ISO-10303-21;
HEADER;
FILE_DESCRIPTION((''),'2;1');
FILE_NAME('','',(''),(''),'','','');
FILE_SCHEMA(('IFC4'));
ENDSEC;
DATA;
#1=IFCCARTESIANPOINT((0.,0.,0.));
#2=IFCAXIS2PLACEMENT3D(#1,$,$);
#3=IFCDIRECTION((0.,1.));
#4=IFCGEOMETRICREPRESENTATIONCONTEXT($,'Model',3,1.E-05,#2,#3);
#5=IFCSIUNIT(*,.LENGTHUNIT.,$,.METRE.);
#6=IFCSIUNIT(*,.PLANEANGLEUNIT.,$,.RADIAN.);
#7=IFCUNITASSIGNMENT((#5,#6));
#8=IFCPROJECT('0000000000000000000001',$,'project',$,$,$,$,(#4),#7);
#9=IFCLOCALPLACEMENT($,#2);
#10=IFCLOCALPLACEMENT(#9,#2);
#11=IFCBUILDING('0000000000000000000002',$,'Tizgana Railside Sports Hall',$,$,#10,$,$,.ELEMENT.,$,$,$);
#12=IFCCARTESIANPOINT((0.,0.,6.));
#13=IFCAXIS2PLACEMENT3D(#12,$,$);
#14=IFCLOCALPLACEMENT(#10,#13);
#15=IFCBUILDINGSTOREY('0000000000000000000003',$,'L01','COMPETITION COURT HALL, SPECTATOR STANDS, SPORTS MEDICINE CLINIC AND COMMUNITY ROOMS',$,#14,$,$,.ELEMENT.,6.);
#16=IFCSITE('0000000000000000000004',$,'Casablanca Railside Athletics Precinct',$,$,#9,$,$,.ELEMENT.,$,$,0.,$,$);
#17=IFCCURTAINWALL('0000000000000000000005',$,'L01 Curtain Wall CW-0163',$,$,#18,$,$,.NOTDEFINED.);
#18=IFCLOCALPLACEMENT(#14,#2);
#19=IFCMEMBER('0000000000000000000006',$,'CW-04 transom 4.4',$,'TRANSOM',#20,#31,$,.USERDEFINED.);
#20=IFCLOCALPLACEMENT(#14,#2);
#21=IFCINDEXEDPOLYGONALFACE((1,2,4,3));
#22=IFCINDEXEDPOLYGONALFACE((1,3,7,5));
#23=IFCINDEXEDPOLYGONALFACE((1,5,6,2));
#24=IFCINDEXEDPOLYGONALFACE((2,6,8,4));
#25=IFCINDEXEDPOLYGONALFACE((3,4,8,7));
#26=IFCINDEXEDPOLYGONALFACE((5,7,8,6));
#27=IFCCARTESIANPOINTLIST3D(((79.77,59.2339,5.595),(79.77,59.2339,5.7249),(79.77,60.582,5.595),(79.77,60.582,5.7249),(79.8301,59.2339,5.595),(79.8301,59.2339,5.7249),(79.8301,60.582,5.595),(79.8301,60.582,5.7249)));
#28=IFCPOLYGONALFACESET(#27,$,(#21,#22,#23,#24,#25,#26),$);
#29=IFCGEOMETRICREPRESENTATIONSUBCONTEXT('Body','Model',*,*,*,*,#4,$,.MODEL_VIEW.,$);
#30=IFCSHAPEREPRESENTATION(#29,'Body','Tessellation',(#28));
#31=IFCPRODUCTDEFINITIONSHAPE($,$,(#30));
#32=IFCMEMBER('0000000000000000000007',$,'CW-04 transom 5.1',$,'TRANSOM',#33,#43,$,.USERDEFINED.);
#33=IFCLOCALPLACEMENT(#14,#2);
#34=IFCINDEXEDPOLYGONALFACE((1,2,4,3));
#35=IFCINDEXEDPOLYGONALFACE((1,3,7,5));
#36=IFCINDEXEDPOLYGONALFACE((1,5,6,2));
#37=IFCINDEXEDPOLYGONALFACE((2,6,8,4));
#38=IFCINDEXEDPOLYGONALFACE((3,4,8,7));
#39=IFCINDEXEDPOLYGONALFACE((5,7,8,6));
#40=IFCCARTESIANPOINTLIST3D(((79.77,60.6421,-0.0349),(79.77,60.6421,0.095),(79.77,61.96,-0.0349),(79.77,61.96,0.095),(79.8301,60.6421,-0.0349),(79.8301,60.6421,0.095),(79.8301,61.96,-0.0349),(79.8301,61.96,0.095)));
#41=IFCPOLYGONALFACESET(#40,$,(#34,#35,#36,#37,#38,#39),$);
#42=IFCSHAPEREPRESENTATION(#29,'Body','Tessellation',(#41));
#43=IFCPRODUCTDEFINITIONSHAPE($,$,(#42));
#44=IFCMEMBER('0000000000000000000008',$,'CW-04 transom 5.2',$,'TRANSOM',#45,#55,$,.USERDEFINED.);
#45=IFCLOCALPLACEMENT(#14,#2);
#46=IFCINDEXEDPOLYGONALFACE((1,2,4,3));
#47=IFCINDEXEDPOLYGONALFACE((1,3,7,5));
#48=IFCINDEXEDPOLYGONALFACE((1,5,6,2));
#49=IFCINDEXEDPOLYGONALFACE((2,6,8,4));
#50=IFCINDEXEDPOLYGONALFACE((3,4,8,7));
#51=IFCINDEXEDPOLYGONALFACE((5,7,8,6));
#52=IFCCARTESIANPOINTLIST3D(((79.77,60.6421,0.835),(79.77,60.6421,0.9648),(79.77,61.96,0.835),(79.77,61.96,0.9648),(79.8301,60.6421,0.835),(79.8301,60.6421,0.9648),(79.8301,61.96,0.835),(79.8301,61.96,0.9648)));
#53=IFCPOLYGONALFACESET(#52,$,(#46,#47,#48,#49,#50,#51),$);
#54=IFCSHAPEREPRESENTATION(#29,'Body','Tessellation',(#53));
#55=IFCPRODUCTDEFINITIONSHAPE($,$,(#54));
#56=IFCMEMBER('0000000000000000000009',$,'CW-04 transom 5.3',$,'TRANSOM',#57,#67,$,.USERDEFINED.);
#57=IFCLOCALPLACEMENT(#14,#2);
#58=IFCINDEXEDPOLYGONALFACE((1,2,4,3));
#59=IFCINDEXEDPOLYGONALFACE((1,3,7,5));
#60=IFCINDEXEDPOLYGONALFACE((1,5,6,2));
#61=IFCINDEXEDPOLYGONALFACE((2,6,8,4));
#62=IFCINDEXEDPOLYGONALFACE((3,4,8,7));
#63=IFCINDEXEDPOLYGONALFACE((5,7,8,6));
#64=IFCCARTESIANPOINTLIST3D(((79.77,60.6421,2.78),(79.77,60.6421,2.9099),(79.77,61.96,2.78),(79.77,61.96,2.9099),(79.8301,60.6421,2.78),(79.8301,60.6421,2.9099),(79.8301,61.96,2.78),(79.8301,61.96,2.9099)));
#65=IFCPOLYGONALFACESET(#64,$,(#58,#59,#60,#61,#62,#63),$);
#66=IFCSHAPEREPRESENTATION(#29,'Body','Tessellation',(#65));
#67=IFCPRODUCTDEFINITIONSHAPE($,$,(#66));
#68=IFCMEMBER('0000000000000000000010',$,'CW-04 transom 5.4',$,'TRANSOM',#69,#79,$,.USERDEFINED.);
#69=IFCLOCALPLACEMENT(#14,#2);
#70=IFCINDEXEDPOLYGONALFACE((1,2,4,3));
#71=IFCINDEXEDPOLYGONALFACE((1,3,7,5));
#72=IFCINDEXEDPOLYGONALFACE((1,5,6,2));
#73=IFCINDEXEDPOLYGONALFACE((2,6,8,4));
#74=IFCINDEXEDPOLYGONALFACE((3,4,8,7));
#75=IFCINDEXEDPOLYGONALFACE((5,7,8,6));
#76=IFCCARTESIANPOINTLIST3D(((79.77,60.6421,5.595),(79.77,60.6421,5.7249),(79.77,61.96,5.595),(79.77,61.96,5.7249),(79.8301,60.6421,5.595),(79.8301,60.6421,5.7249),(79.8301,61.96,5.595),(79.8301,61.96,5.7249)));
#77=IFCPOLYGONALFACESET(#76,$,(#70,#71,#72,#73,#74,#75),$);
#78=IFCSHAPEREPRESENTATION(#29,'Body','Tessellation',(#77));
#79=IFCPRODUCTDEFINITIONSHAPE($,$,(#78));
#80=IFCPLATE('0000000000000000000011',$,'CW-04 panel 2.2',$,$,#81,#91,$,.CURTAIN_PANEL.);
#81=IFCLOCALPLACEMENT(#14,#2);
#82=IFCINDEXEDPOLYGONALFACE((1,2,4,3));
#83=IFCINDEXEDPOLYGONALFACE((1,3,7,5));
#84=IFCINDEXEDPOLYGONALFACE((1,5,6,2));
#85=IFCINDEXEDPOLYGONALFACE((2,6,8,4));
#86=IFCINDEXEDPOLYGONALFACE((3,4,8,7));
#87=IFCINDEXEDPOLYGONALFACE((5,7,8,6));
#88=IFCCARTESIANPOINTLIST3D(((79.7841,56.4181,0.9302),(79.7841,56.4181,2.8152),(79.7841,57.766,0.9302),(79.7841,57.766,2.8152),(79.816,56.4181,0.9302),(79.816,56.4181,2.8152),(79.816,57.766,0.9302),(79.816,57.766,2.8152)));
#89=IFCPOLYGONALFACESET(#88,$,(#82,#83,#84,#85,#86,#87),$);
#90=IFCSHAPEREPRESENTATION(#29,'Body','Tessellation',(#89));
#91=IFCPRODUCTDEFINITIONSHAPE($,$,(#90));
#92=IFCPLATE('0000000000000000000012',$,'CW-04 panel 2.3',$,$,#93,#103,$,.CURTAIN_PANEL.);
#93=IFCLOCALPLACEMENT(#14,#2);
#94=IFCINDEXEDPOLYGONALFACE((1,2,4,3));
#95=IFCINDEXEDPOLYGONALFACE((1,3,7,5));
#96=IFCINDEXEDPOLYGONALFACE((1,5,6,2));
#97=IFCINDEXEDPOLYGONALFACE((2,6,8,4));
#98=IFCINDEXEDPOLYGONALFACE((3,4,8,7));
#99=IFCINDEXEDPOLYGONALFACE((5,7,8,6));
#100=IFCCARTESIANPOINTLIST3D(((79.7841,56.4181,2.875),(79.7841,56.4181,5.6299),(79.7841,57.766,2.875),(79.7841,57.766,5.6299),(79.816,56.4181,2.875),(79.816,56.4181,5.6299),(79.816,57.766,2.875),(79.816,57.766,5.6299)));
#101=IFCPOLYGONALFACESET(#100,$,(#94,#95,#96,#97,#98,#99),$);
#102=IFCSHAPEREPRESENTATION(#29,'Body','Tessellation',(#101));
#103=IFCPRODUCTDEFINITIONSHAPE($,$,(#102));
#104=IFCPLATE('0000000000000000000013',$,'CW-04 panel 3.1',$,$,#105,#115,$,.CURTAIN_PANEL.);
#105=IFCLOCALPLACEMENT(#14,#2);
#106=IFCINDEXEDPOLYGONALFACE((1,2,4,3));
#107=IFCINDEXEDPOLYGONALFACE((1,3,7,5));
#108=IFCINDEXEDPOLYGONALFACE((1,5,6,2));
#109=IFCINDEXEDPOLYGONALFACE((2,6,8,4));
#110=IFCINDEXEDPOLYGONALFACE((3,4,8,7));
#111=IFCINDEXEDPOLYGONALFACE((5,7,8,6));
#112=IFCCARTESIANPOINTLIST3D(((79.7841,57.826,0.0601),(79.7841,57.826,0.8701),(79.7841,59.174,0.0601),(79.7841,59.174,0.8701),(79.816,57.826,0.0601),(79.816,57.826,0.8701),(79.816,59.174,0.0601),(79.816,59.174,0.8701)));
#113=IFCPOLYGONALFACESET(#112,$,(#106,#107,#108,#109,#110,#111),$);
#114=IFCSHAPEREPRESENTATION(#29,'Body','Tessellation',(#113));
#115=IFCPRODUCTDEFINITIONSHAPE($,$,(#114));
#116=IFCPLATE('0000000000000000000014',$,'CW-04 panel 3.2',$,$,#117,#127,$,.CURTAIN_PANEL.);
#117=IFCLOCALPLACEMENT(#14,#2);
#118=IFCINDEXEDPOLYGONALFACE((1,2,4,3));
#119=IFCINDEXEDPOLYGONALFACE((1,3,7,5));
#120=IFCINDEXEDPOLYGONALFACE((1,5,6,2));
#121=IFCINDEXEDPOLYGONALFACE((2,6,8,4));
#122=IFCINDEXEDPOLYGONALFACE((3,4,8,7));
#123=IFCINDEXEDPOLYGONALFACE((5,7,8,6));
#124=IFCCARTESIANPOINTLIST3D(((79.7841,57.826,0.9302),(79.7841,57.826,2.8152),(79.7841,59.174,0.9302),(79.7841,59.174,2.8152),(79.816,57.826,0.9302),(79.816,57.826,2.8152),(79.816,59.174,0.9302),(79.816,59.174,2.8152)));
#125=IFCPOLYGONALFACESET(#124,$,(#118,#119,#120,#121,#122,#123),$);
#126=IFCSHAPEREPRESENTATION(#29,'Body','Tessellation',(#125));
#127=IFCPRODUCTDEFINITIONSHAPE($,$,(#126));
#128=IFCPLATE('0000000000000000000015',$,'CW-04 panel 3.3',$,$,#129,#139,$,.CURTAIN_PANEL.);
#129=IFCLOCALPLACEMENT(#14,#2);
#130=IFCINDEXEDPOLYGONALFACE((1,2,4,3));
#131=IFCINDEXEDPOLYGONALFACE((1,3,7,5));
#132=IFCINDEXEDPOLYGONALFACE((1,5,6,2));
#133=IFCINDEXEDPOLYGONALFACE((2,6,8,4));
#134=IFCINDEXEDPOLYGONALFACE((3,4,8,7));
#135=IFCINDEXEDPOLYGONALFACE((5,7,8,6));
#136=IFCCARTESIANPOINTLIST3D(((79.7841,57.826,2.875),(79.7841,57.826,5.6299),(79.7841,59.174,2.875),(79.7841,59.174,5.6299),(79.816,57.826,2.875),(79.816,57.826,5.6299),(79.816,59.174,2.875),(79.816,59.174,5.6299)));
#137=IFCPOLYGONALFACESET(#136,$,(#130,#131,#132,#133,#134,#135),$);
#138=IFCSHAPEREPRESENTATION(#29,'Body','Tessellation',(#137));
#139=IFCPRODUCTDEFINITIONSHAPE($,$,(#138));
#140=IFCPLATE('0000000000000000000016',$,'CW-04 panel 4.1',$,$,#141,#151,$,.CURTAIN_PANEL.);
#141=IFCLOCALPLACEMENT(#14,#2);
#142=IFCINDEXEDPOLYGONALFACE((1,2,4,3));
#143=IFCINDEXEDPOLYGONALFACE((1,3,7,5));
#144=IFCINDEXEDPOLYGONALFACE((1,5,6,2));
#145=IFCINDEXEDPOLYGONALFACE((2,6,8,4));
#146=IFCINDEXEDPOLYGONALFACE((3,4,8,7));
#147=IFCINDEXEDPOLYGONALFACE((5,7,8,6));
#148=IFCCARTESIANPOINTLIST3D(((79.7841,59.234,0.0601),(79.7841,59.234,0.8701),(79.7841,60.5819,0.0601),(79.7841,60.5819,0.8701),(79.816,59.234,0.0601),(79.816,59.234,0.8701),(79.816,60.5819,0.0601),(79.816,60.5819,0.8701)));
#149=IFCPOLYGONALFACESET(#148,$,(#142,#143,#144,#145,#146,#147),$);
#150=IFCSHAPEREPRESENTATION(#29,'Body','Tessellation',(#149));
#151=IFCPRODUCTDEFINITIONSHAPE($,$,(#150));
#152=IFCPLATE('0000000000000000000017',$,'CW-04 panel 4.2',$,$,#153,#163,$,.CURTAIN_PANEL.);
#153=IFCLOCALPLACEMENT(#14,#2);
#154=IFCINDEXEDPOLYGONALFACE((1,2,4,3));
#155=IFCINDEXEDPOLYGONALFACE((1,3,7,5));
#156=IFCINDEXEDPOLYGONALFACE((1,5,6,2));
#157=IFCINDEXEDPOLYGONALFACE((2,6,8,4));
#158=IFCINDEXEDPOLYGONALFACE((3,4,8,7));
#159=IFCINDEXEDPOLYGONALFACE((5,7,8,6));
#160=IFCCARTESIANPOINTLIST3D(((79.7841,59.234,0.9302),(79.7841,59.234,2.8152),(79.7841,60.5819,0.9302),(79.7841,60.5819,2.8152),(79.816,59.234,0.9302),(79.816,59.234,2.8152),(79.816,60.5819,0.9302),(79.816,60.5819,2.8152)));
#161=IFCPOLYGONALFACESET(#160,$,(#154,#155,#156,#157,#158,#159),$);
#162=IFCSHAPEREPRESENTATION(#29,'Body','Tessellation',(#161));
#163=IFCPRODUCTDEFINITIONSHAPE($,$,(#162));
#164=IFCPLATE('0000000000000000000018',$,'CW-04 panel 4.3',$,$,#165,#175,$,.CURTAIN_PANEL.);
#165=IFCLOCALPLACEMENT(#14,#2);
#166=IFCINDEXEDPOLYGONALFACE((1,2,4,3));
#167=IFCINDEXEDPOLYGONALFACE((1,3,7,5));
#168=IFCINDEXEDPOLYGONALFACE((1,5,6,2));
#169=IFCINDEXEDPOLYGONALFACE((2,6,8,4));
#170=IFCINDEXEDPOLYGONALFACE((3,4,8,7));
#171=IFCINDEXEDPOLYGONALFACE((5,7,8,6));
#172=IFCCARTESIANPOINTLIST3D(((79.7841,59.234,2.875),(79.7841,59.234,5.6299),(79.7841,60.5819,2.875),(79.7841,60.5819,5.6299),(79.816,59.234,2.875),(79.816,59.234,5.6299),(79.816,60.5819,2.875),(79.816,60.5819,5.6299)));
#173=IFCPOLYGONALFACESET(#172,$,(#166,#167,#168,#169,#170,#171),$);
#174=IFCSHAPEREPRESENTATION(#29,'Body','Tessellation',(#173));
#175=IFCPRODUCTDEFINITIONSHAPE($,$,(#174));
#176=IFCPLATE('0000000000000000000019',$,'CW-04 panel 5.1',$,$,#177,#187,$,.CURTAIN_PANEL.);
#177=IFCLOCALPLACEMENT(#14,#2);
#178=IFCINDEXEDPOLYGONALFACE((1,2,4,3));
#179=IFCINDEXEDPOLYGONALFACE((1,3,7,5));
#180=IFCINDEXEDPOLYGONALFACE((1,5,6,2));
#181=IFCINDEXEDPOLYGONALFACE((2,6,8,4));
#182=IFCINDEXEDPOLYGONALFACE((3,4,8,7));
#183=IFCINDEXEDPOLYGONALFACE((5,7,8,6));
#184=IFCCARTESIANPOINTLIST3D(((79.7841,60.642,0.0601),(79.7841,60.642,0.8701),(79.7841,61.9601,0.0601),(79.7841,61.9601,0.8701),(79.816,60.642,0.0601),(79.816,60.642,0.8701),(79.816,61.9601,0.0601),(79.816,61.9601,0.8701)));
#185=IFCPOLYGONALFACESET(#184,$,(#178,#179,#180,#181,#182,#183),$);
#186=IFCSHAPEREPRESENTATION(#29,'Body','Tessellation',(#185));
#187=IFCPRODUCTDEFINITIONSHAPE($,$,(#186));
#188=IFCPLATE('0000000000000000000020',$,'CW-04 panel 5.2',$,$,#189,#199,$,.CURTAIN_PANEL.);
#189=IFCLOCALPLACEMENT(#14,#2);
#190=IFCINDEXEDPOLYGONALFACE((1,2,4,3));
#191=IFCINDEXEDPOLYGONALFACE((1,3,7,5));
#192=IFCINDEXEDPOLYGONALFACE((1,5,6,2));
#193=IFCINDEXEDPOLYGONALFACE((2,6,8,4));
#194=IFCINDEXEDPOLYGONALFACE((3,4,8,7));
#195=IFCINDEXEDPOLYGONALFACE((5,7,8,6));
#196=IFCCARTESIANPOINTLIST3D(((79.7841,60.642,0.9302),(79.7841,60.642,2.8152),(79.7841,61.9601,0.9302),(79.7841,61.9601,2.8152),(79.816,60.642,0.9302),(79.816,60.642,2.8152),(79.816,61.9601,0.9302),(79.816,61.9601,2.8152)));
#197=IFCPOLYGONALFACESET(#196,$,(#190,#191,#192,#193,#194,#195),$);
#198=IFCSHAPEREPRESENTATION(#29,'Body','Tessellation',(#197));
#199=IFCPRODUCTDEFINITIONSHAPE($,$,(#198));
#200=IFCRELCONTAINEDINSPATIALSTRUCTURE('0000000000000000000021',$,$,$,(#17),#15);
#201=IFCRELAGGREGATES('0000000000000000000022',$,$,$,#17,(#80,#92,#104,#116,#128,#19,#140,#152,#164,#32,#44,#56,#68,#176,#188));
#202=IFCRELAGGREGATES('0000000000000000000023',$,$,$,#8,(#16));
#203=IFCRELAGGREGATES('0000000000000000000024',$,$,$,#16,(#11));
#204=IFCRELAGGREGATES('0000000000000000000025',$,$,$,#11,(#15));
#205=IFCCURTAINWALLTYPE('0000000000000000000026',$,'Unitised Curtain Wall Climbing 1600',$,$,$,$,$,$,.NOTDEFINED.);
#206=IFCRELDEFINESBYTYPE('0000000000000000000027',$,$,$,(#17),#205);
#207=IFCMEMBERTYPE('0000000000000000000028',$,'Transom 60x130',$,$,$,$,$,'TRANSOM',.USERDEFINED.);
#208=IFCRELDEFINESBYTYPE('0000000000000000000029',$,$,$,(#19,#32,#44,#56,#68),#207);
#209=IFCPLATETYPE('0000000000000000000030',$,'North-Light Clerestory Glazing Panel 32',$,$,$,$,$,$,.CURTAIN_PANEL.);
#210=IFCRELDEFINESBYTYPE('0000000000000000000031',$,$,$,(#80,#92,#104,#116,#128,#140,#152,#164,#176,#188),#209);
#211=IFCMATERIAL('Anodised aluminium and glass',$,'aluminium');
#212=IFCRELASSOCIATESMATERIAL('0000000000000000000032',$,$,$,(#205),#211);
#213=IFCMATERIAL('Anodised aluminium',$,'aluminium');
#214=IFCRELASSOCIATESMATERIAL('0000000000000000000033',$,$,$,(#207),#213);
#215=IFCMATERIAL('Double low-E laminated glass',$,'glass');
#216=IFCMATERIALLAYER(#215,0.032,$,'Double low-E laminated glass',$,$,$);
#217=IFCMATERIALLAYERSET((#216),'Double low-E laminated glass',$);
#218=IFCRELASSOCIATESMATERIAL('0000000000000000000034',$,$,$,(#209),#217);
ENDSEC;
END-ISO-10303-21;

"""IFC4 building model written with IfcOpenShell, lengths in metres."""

from ifc_helpers import new_model, si_unit, direction, frame, origin, origin_2d, place, context, subcontext, project, spatial, rectangle, extrude, material, layer, layer_set, material_profile, profile_set, type_object, element, aggregate, save


model = new_model("IFC4")

# Units and contexts
model_context = context("Model", 3, precision=1e-05, world=origin(), true_north=direction((0.0, 1.0)))
body_context = subcontext(model_context, "Body", "Model", "MODEL_VIEW")
ifc_project = project(units=[si_unit("LENGTHUNIT", "METRE"), si_unit("PLANEANGLEUNIT", "RADIAN")], contexts=[model_context])

# Site, building, storey
site_placement = place(None, origin())
site = spatial("IfcSite", under=ifc_project, at=site_placement, Name="Casablanca Railside Athletics Precinct", CompositionType="ELEMENT", RefElevation=0.0)
building_placement = place(site_placement, origin())
building = spatial("IfcBuilding", under=site, at=building_placement, Name="Tizgana Railside Sports Hall", CompositionType="ELEMENT")
storey_placement = place(building_placement, frame((0.0, 0.0, 6.0)))
storey = spatial("IfcBuildingStorey", under=building, at=storey_placement, Name="L01", Description="COMPETITION COURT HALL, SPECTATOR STANDS, SPORTS MEDICINE CLINIC AND COMMUNITY ROOMS", CompositionType="ELEMENT", Elevation=6.0)

# Curtain wall
ifc_material_1 = material(Name="Anodised aluminium and glass", Category="aluminium")
curtain_wall_type = type_object("IfcCurtainWallType", Name="Unitised Curtain Wall Climbing 1600", PredefinedType="NOTDEFINED", material=ifc_material_1)
curtain_wall_placement = place(storey_placement, origin())
curtain_wall = element("IfcCurtainWall", 1, at=curtain_wall_placement, inside=storey, type_object=curtain_wall_type, Name="L01 Curtain Wall CW-0163", PredefinedType="NOTDEFINED")
ifc_material_2 = material(Name="Anodised aluminium", Category="aluminium")

# Members
ifc_material_profile_1 = material_profile(ifc_material_2, rectangle(XDim=0.0601, YDim=0.1299, at=origin_2d()), Name="Transom 60x130")
ifc_profile_set_1 = profile_set([ifc_material_profile_1], Name="Anodised aluminium")
member_type_1 = type_object("IfcMemberType", Name="Transom 60x130", ElementType="TRANSOM", PredefinedType="USERDEFINED", material=ifc_profile_set_1)
member_1_placement = place(storey_placement, frame((79.8, 59.2339, 5.6599), z_axis=(0.0, 1.0, 0.0), x_axis=(-1.0, 0.0, 0.0)))
member_1 = element("IfcMember", 2, at=member_1_placement, type_object=member_type_1, Name="CW-04 transom 4.4", ObjectType="TRANSOM", PredefinedType="USERDEFINED", context=body_context, shape_type="SweptSolid", body=[
    extrude(rectangle(XDim=0.0601, YDim=0.1299, at=origin_2d()), origin(), (0.0, 0.0, 1.0), 1.3481),
])
member_2_placement = place(storey_placement, frame((79.8, 60.6421, 0.03), z_axis=(0.0, 1.0, 0.0), x_axis=(-1.0, 0.0, 0.0)))
member_2 = element("IfcMember", 3, at=member_2_placement, type_object=member_type_1, Name="CW-04 transom 5.1", ObjectType="TRANSOM", PredefinedType="USERDEFINED", context=body_context, shape_type="SweptSolid", body=[
    extrude(rectangle(XDim=0.0601, YDim=0.1299, at=origin_2d()), origin(), (0.0, 0.0, 1.0), 1.3179),
])
member_3_placement = place(storey_placement, frame((79.8, 60.6421, 0.8999), z_axis=(0.0, 1.0, 0.0), x_axis=(-1.0, 0.0, 0.0)))
member_3 = element("IfcMember", 4, at=member_3_placement, type_object=member_type_1, Name="CW-04 transom 5.2", ObjectType="TRANSOM", PredefinedType="USERDEFINED", context=body_context, shape_type="SweptSolid", body=[
    extrude(rectangle(XDim=0.0601, YDim=0.1299, at=origin_2d()), origin(), (0.0, 0.0, 1.0), 1.3179),
])
member_4_placement = place(storey_placement, frame((79.8, 60.6421, 2.845), z_axis=(0.0, 1.0, 0.0), x_axis=(-1.0, 0.0, 0.0)))
member_4 = element("IfcMember", 5, at=member_4_placement, type_object=member_type_1, Name="CW-04 transom 5.3", ObjectType="TRANSOM", PredefinedType="USERDEFINED", context=body_context, shape_type="SweptSolid", body=[
    extrude(rectangle(XDim=0.0601, YDim=0.1299, at=origin_2d()), origin(), (0.0, 0.0, 1.0), 1.3179),
])
member_5_placement = place(storey_placement, frame((79.8, 60.6421, 5.6599), z_axis=(0.0, 1.0, 0.0), x_axis=(-1.0, 0.0, 0.0)))
member_5 = element("IfcMember", 6, at=member_5_placement, type_object=member_type_1, Name="CW-04 transom 5.4", ObjectType="TRANSOM", PredefinedType="USERDEFINED", context=body_context, shape_type="SweptSolid", body=[
    extrude(rectangle(XDim=0.0601, YDim=0.1299, at=origin_2d()), origin(), (0.0, 0.0, 1.0), 1.3179),
])

# Plates
ifc_material_3 = material(Name="Double low-E laminated glass", Category="glass")
ifc_layer = layer(ifc_material_3, 0.032, Name="Double low-E laminated glass")
ifc_layer_set = layer_set([ifc_layer], Name="Double low-E laminated glass")
plate_type = type_object("IfcPlateType", Name="North-Light Clerestory Glazing Panel 32", PredefinedType="CURTAIN_PANEL", material=ifc_layer_set)
plate_1_placement = place(storey_placement, frame((79.8, 57.092, 0.9302), z_axis=(0.0, 0.0, 1.0), x_axis=(0.0, 1.0, 0.0)))
plate_1 = element("IfcPlate", 7, at=plate_1_placement, type_object=plate_type, Name="CW-04 panel 2.2", PredefinedType="CURTAIN_PANEL", context=body_context, shape_type="SweptSolid", body=[
    extrude(rectangle(XDim=1.3479, YDim=0.032, at=origin_2d()), origin(), (0.0, 0.0, 1.0), 1.885),
])
plate_2_placement = place(storey_placement, frame((79.8, 57.092, 2.875), z_axis=(0.0, 0.0, 1.0), x_axis=(0.0, 1.0, 0.0)))
plate_2 = element("IfcPlate", 8, at=plate_2_placement, type_object=plate_type, Name="CW-04 panel 2.3", PredefinedType="CURTAIN_PANEL", context=body_context, shape_type="SweptSolid", body=[
    extrude(rectangle(XDim=1.3479, YDim=0.032, at=origin_2d()), origin(), (0.0, 0.0, 1.0), 2.7549),
])
plate_3_placement = place(storey_placement, frame((79.8, 58.5, 0.0601), z_axis=(0.0, 0.0, 1.0), x_axis=(0.0, 1.0, 0.0)))
plate_3 = element("IfcPlate", 9, at=plate_3_placement, type_object=plate_type, Name="CW-04 panel 3.1", PredefinedType="CURTAIN_PANEL", context=body_context, shape_type="SweptSolid", body=[
    extrude(rectangle(XDim=1.3479, YDim=0.032, at=origin_2d()), origin(), (0.0, 0.0, 1.0), 0.8101),
])
plate_4_placement = place(storey_placement, frame((79.8, 58.5, 0.9302), z_axis=(0.0, 0.0, 1.0), x_axis=(0.0, 1.0, 0.0)))
plate_4 = element("IfcPlate", 10, at=plate_4_placement, type_object=plate_type, Name="CW-04 panel 3.2", PredefinedType="CURTAIN_PANEL", context=body_context, shape_type="SweptSolid", body=[
    extrude(rectangle(XDim=1.3479, YDim=0.032, at=origin_2d()), origin(), (0.0, 0.0, 1.0), 1.885),
])
plate_5_placement = place(storey_placement, frame((79.8, 58.5, 2.875), z_axis=(0.0, 0.0, 1.0), x_axis=(0.0, 1.0, 0.0)))
plate_5 = element("IfcPlate", 11, at=plate_5_placement, type_object=plate_type, Name="CW-04 panel 3.3", PredefinedType="CURTAIN_PANEL", context=body_context, shape_type="SweptSolid", body=[
    extrude(rectangle(XDim=1.3479, YDim=0.032, at=origin_2d()), origin(), (0.0, 0.0, 1.0), 2.7549),
])
plate_6_placement = place(storey_placement, frame((79.8, 59.908, 0.0601), z_axis=(0.0, 0.0, 1.0), x_axis=(0.0, 1.0, 0.0)))
plate_6 = element("IfcPlate", 12, at=plate_6_placement, type_object=plate_type, Name="CW-04 panel 4.1", PredefinedType="CURTAIN_PANEL", context=body_context, shape_type="SweptSolid", body=[
    extrude(rectangle(XDim=1.3479, YDim=0.032, at=origin_2d()), origin(), (0.0, 0.0, 1.0), 0.8101),
])
plate_7_placement = place(storey_placement, frame((79.8, 59.908, 0.9302), z_axis=(0.0, 0.0, 1.0), x_axis=(0.0, 1.0, 0.0)))
plate_7 = element("IfcPlate", 13, at=plate_7_placement, type_object=plate_type, Name="CW-04 panel 4.2", PredefinedType="CURTAIN_PANEL", context=body_context, shape_type="SweptSolid", body=[
    extrude(rectangle(XDim=1.3479, YDim=0.032, at=origin_2d()), origin(), (0.0, 0.0, 1.0), 1.885),
])
plate_8_placement = place(storey_placement, frame((79.8, 59.908, 2.875), z_axis=(0.0, 0.0, 1.0), x_axis=(0.0, 1.0, 0.0)))
plate_8 = element("IfcPlate", 14, at=plate_8_placement, type_object=plate_type, Name="CW-04 panel 4.3", PredefinedType="CURTAIN_PANEL", context=body_context, shape_type="SweptSolid", body=[
    extrude(rectangle(XDim=1.3479, YDim=0.032, at=origin_2d()), origin(), (0.0, 0.0, 1.0), 2.7549),
])
plate_9_placement = place(storey_placement, frame((79.8, 61.301, 0.0601), z_axis=(0.0, 0.0, 1.0), x_axis=(0.0, 1.0, 0.0)))
plate_9 = element("IfcPlate", 15, at=plate_9_placement, type_object=plate_type, Name="CW-04 panel 5.1", PredefinedType="CURTAIN_PANEL", context=body_context, shape_type="SweptSolid", body=[
    extrude(rectangle(XDim=1.3181, YDim=0.032, at=origin_2d()), origin(), (0.0, 0.0, 1.0), 0.8101),
])
plate_10_placement = place(storey_placement, frame((79.8, 61.301, 0.9302), z_axis=(0.0, 0.0, 1.0), x_axis=(0.0, 1.0, 0.0)))
plate_10 = element("IfcPlate", 16, at=plate_10_placement, type_object=plate_type, Name="CW-04 panel 5.2", PredefinedType="CURTAIN_PANEL", context=body_context, shape_type="SweptSolid", body=[
    extrude(rectangle(XDim=1.3181, YDim=0.032, at=origin_2d()), origin(), (0.0, 0.0, 1.0), 1.885),
])
aggregate(curtain_wall, [plate_1, plate_2, plate_3, plate_4, plate_5, member_1, plate_6, plate_7, plate_8, member_2, member_3, member_4, member_5, plate_9, plate_10])

save(model, "model.ifc")
